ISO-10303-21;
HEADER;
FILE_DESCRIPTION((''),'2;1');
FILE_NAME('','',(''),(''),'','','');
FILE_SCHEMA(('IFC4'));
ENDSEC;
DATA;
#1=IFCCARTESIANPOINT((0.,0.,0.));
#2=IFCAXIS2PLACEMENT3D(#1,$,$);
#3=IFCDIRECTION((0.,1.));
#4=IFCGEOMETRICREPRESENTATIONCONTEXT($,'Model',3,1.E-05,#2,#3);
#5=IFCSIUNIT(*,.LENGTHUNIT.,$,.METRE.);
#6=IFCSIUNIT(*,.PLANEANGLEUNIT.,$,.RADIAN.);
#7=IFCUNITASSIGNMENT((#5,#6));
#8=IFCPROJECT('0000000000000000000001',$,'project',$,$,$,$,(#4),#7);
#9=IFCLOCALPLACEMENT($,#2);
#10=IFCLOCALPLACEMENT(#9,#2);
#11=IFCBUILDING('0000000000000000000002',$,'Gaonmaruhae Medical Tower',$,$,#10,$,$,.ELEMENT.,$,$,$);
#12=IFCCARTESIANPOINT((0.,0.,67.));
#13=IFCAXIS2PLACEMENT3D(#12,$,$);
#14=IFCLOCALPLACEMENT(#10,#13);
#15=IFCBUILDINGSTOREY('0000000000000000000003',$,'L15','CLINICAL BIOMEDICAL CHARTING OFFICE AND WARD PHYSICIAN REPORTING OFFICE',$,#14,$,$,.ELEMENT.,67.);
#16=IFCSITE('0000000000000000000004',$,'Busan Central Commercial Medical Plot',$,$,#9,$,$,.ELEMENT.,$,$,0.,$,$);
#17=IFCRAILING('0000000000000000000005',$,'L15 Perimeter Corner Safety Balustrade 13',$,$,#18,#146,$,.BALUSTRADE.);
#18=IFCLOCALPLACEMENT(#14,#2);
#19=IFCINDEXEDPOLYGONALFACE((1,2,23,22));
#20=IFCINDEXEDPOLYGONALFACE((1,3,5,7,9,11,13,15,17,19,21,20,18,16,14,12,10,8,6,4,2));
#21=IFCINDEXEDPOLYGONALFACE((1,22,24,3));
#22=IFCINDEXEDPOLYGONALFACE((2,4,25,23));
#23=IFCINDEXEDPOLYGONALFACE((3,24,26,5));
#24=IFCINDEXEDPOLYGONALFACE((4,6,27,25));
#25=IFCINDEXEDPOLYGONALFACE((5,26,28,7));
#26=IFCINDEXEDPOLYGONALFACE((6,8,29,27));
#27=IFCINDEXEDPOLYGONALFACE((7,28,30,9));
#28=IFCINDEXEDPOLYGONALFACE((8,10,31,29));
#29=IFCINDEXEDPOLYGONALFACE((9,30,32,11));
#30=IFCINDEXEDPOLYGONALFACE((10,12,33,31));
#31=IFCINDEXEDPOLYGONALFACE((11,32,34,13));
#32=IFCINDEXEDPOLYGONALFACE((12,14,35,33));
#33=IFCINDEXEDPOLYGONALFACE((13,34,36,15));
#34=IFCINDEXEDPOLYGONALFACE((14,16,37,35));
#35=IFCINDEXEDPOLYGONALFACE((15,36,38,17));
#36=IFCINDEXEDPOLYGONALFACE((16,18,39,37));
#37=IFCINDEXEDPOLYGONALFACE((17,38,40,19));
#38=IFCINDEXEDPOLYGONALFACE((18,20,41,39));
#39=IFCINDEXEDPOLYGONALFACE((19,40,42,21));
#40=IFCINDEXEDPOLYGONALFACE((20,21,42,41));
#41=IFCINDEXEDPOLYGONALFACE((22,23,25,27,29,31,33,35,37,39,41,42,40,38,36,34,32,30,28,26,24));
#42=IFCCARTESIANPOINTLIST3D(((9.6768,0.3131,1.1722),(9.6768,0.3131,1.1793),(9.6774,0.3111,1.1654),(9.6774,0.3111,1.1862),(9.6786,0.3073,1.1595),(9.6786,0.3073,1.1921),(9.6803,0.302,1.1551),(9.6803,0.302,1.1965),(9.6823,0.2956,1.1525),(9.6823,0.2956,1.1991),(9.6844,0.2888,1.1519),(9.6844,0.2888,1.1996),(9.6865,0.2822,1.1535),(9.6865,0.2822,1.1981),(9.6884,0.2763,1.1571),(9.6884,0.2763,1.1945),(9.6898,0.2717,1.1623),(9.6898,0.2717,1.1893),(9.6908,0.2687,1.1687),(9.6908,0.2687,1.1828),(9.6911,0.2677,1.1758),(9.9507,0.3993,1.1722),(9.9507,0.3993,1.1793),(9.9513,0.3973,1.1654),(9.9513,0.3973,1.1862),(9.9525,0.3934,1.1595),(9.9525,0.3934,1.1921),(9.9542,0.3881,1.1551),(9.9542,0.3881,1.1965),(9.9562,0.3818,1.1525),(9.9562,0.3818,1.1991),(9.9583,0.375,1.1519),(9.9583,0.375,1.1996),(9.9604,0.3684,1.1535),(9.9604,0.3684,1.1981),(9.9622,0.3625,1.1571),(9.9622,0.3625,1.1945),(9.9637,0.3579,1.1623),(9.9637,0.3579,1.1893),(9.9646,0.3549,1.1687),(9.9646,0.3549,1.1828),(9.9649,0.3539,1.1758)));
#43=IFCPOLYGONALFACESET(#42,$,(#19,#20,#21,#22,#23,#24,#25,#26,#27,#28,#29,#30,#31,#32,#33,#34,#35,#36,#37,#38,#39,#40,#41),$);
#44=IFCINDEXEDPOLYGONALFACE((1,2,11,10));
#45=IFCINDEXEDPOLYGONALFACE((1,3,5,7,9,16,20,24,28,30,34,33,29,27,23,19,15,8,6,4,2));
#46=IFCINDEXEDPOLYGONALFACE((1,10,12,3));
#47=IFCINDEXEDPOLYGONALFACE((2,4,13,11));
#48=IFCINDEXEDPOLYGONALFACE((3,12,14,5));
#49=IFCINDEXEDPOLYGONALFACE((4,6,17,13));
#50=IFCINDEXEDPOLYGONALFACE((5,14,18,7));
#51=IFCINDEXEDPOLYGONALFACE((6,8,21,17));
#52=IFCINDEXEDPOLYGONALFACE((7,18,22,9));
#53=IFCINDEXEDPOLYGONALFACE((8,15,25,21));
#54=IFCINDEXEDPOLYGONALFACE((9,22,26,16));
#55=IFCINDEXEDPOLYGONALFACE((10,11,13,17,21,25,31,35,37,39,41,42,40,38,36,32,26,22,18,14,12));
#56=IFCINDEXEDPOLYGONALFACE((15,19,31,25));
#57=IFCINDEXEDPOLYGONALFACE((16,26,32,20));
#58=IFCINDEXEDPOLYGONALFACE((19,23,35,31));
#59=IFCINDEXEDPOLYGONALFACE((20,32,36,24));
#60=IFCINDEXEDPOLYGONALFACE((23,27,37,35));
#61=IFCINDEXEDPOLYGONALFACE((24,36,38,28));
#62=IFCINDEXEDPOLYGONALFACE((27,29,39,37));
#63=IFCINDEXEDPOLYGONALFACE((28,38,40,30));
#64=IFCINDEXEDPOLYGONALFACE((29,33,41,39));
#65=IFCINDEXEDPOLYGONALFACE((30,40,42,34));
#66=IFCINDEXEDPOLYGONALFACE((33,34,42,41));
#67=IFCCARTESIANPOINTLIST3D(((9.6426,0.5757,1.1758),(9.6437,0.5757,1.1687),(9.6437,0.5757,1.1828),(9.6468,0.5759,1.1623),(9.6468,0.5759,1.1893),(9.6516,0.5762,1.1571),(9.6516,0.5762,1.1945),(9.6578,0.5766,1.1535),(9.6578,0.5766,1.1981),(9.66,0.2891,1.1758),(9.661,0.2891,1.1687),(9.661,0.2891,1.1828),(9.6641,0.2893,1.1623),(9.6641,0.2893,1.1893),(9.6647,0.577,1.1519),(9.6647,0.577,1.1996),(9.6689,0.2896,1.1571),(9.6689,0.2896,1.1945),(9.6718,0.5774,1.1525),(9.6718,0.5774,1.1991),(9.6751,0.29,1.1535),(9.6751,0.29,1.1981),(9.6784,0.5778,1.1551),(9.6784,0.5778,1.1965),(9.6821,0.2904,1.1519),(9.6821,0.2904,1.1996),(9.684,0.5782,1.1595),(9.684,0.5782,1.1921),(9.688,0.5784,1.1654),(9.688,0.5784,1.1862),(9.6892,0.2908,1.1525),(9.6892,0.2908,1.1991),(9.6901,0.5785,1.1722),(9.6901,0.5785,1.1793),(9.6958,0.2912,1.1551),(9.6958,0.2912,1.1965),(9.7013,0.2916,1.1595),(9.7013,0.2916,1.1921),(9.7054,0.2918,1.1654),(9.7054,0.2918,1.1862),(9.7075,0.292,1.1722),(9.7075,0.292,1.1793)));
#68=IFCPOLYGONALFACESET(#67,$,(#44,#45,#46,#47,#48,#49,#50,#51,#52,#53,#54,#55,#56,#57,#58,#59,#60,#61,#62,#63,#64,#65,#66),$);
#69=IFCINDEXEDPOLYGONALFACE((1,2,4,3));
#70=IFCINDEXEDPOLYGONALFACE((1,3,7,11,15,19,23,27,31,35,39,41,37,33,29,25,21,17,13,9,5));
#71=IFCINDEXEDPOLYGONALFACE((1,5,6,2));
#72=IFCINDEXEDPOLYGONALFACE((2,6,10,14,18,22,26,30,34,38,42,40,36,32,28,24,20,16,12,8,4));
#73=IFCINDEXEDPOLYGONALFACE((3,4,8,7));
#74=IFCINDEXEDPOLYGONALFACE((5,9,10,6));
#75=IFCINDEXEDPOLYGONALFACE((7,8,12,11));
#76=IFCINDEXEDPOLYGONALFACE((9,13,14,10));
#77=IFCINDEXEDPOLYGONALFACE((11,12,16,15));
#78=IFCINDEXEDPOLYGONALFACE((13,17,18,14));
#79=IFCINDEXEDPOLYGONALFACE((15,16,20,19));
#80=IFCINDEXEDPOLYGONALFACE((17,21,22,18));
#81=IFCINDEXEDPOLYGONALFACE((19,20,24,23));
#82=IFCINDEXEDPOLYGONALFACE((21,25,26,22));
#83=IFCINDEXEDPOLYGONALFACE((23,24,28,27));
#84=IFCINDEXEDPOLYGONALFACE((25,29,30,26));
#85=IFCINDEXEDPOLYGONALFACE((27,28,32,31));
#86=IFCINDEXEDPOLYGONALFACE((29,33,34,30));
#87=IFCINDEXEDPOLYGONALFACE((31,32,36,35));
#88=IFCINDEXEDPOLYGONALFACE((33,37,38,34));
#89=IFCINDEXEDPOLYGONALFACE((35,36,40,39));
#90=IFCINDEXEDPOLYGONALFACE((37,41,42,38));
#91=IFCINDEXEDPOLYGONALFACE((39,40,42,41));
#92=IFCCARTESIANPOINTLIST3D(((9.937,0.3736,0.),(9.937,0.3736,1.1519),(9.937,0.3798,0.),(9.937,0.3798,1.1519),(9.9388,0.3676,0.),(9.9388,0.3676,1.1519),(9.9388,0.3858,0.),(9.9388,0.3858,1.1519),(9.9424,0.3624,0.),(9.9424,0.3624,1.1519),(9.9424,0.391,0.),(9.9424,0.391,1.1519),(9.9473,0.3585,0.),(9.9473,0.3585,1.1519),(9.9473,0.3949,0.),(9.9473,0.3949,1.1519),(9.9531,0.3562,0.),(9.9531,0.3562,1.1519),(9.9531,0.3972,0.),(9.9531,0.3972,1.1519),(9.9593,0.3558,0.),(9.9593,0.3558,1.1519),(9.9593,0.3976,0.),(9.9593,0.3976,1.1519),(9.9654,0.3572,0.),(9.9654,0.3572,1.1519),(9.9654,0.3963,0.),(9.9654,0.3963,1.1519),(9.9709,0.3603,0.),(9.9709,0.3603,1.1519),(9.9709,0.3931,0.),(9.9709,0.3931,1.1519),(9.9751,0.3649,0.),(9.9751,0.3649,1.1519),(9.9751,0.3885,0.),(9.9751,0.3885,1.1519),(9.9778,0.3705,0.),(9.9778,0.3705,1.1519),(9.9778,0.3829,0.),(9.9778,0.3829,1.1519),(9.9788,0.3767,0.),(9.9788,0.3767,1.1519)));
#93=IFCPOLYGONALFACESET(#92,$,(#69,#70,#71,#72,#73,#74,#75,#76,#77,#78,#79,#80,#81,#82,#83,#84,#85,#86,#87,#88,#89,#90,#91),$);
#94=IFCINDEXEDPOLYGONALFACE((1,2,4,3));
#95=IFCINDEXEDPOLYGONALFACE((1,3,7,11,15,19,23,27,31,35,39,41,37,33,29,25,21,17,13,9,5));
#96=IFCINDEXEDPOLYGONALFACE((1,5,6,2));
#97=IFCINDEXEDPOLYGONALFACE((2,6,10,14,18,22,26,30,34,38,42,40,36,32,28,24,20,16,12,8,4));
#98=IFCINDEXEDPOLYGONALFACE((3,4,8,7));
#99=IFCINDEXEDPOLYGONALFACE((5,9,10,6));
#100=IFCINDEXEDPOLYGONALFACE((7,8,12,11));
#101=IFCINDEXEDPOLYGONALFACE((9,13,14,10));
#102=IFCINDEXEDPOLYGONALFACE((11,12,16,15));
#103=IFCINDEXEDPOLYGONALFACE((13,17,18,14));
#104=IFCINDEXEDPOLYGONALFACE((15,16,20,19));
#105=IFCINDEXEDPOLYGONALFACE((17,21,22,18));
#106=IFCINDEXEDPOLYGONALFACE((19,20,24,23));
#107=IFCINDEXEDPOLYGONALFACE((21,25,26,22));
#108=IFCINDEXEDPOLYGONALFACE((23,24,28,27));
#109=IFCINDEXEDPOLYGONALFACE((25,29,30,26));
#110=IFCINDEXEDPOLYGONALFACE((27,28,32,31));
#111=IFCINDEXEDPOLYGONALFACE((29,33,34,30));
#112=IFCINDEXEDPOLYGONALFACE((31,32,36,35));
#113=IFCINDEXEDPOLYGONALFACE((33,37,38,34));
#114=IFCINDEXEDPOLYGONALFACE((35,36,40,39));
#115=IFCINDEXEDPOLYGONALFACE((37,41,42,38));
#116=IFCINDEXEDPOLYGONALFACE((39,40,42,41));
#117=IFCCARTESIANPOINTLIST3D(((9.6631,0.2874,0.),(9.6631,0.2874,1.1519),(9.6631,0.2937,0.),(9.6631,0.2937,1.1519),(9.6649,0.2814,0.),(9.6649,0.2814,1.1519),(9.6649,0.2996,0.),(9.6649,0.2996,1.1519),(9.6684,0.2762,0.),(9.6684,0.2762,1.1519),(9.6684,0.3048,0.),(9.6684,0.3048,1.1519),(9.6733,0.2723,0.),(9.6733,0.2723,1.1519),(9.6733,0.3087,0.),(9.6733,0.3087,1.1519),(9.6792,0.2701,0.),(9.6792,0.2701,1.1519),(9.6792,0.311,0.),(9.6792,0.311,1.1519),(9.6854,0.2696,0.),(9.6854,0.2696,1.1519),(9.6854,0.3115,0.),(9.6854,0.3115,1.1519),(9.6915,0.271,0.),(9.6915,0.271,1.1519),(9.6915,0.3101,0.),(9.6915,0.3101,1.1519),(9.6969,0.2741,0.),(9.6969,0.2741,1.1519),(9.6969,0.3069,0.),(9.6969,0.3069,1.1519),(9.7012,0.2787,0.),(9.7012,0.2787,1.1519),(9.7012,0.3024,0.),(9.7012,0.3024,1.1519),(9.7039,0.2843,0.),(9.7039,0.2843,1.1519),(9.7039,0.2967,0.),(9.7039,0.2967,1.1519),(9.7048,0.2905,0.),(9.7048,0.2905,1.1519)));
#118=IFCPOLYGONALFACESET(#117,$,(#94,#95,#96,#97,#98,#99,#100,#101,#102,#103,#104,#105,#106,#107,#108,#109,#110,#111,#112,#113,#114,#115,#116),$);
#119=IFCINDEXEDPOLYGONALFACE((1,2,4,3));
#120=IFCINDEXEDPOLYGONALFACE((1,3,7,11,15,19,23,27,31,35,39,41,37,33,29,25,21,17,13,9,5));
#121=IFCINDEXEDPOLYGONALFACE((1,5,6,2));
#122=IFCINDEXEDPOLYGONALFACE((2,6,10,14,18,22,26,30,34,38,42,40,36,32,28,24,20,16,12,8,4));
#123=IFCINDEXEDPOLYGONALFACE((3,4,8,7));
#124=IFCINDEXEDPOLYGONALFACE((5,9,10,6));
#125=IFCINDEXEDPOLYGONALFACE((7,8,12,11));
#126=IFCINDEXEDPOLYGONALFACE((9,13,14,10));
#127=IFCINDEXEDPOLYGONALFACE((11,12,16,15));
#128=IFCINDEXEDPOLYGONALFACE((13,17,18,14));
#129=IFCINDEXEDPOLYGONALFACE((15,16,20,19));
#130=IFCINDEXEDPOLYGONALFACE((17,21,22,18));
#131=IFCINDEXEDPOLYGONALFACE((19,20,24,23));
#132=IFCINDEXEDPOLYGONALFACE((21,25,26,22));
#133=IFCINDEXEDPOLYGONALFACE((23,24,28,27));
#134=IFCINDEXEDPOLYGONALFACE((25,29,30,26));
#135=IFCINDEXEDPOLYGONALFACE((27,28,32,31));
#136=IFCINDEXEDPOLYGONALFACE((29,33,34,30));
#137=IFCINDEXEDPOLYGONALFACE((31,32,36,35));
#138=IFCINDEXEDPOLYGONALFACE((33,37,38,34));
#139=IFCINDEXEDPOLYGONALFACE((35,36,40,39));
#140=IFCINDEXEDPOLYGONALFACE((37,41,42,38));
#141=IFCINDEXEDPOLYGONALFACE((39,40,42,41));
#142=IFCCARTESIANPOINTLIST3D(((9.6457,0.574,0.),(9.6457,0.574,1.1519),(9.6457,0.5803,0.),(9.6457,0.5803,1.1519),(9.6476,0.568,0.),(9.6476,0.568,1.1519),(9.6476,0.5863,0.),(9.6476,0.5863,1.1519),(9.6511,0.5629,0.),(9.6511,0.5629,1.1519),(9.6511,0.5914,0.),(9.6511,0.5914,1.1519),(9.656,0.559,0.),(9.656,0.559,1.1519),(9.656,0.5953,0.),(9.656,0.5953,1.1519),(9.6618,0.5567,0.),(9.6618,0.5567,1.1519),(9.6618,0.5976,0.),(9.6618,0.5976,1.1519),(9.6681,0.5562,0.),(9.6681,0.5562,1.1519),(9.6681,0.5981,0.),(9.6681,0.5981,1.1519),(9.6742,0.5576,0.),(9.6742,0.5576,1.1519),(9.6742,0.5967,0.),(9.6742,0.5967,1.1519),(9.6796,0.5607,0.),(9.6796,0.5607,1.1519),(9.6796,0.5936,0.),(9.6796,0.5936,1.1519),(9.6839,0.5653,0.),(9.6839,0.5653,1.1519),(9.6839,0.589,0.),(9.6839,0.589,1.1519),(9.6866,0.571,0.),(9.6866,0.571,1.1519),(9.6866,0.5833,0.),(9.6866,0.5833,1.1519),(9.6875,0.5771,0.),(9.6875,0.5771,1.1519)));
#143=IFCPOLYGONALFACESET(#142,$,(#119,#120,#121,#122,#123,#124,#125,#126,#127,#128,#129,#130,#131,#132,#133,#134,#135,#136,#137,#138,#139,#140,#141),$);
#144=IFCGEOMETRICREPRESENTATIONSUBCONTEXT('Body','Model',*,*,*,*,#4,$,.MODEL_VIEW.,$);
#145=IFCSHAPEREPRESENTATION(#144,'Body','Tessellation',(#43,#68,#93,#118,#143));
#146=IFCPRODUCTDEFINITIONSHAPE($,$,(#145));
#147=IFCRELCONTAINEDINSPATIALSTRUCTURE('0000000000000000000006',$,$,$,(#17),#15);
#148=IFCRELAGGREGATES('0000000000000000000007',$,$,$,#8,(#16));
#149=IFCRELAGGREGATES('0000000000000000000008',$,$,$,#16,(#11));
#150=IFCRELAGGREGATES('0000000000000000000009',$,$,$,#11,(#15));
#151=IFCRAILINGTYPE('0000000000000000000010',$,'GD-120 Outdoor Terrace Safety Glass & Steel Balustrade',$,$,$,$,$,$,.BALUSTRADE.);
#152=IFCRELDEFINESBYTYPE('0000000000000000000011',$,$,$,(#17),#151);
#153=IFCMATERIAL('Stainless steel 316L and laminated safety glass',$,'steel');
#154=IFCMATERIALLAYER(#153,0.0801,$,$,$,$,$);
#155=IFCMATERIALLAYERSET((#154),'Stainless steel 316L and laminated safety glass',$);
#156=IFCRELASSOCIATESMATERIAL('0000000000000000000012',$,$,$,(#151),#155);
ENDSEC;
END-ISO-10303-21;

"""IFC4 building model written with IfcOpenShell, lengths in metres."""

from ifc_helpers import new_model, si_unit, direction, frame, origin, origin_2d, place, context, subcontext, project, spatial, circle, extrude, material, layer, layer_set, type_object, element, save


model = new_model("IFC4")

# Units and contexts
model_context = context("Model", 3, precision=1e-05, world=origin(), true_north=direction((0.0, 1.0)))
body_context = subcontext(model_context, "Body", "Model", "MODEL_VIEW")
ifc_project = project(units=[si_unit("LENGTHUNIT", "METRE"), si_unit("PLANEANGLEUNIT", "RADIAN")], contexts=[model_context])

# Site, building, storey
site_placement = place(None, origin())
site = spatial("IfcSite", under=ifc_project, at=site_placement, Name="Busan Central Commercial Medical Plot", CompositionType="ELEMENT", RefElevation=0.0)
building_placement = place(site_placement, origin())
building = spatial("IfcBuilding", under=site, at=building_placement, Name="Gaonmaruhae Medical Tower", CompositionType="ELEMENT")
storey_placement = place(building_placement, frame((0.0, 0.0, 67.0)))
storey = spatial("IfcBuildingStorey", under=building, at=storey_placement, Name="L15", Description="CLINICAL BIOMEDICAL CHARTING OFFICE AND WARD PHYSICIAN REPORTING OFFICE", CompositionType="ELEMENT", Elevation=67.0)

# Railing
ifc_material_1 = material(Name="Stainless steel 316L and laminated safety glass", Category="steel")
ifc_layer_1 = layer(ifc_material_1, 0.0801)
ifc_layer_set_1 = layer_set([ifc_layer_1], Name="Stainless steel 316L and laminated safety glass")
railing_type = type_object("IfcRailingType", Name="GD-120 Outdoor Terrace Safety Glass & Steel Balustrade", PredefinedType="BALUSTRADE", material=ifc_layer_set_1)
for number, where, name in (
    (1, (9.9578, 0.3767, 0.0), "L15 Perimeter Corner Safety Balustrade 13"),
):
    element("IfcRailing", number, at=place(storey_placement, frame(where)), inside=storey, type_object=railing_type, Name=name, PredefinedType="BALUSTRADE", context=body_context, shape_type="SweptSolid", body=[
        extrude(circle(Radius=0.0239, at=origin_2d()), frame((0.0, 0.0, 1.1758), z_axis=(-0.953903, -0.300114, 0.0), x_axis=(0.300114, -0.953903, 0.0)), (0.0, 0.0, 1.0), 0.2871),
        extrude(circle(Radius=0.0239, at=origin_2d()), frame((-0.2739, -0.0862, 1.1758), z_axis=(-0.060367, 0.998176, 0.0), x_axis=(-0.998176, -0.060367, 0.0)), (0.0, 0.0, 1.0), 0.2871),
        extrude(circle(Radius=0.021, at=origin_2d()), origin(), (0.0, 0.0, 1.0), 1.1519),
        extrude(circle(Radius=0.021, at=origin_2d()), frame((-0.2739, -0.0862, 0.0)), (0.0, 0.0, 1.0), 1.1519),
        extrude(circle(Radius=0.021, at=origin_2d()), frame((-0.2913, 0.2004, 0.0)), (0.0, 0.0, 1.0), 1.1519),
    ])

save(model, "model.ifc")
